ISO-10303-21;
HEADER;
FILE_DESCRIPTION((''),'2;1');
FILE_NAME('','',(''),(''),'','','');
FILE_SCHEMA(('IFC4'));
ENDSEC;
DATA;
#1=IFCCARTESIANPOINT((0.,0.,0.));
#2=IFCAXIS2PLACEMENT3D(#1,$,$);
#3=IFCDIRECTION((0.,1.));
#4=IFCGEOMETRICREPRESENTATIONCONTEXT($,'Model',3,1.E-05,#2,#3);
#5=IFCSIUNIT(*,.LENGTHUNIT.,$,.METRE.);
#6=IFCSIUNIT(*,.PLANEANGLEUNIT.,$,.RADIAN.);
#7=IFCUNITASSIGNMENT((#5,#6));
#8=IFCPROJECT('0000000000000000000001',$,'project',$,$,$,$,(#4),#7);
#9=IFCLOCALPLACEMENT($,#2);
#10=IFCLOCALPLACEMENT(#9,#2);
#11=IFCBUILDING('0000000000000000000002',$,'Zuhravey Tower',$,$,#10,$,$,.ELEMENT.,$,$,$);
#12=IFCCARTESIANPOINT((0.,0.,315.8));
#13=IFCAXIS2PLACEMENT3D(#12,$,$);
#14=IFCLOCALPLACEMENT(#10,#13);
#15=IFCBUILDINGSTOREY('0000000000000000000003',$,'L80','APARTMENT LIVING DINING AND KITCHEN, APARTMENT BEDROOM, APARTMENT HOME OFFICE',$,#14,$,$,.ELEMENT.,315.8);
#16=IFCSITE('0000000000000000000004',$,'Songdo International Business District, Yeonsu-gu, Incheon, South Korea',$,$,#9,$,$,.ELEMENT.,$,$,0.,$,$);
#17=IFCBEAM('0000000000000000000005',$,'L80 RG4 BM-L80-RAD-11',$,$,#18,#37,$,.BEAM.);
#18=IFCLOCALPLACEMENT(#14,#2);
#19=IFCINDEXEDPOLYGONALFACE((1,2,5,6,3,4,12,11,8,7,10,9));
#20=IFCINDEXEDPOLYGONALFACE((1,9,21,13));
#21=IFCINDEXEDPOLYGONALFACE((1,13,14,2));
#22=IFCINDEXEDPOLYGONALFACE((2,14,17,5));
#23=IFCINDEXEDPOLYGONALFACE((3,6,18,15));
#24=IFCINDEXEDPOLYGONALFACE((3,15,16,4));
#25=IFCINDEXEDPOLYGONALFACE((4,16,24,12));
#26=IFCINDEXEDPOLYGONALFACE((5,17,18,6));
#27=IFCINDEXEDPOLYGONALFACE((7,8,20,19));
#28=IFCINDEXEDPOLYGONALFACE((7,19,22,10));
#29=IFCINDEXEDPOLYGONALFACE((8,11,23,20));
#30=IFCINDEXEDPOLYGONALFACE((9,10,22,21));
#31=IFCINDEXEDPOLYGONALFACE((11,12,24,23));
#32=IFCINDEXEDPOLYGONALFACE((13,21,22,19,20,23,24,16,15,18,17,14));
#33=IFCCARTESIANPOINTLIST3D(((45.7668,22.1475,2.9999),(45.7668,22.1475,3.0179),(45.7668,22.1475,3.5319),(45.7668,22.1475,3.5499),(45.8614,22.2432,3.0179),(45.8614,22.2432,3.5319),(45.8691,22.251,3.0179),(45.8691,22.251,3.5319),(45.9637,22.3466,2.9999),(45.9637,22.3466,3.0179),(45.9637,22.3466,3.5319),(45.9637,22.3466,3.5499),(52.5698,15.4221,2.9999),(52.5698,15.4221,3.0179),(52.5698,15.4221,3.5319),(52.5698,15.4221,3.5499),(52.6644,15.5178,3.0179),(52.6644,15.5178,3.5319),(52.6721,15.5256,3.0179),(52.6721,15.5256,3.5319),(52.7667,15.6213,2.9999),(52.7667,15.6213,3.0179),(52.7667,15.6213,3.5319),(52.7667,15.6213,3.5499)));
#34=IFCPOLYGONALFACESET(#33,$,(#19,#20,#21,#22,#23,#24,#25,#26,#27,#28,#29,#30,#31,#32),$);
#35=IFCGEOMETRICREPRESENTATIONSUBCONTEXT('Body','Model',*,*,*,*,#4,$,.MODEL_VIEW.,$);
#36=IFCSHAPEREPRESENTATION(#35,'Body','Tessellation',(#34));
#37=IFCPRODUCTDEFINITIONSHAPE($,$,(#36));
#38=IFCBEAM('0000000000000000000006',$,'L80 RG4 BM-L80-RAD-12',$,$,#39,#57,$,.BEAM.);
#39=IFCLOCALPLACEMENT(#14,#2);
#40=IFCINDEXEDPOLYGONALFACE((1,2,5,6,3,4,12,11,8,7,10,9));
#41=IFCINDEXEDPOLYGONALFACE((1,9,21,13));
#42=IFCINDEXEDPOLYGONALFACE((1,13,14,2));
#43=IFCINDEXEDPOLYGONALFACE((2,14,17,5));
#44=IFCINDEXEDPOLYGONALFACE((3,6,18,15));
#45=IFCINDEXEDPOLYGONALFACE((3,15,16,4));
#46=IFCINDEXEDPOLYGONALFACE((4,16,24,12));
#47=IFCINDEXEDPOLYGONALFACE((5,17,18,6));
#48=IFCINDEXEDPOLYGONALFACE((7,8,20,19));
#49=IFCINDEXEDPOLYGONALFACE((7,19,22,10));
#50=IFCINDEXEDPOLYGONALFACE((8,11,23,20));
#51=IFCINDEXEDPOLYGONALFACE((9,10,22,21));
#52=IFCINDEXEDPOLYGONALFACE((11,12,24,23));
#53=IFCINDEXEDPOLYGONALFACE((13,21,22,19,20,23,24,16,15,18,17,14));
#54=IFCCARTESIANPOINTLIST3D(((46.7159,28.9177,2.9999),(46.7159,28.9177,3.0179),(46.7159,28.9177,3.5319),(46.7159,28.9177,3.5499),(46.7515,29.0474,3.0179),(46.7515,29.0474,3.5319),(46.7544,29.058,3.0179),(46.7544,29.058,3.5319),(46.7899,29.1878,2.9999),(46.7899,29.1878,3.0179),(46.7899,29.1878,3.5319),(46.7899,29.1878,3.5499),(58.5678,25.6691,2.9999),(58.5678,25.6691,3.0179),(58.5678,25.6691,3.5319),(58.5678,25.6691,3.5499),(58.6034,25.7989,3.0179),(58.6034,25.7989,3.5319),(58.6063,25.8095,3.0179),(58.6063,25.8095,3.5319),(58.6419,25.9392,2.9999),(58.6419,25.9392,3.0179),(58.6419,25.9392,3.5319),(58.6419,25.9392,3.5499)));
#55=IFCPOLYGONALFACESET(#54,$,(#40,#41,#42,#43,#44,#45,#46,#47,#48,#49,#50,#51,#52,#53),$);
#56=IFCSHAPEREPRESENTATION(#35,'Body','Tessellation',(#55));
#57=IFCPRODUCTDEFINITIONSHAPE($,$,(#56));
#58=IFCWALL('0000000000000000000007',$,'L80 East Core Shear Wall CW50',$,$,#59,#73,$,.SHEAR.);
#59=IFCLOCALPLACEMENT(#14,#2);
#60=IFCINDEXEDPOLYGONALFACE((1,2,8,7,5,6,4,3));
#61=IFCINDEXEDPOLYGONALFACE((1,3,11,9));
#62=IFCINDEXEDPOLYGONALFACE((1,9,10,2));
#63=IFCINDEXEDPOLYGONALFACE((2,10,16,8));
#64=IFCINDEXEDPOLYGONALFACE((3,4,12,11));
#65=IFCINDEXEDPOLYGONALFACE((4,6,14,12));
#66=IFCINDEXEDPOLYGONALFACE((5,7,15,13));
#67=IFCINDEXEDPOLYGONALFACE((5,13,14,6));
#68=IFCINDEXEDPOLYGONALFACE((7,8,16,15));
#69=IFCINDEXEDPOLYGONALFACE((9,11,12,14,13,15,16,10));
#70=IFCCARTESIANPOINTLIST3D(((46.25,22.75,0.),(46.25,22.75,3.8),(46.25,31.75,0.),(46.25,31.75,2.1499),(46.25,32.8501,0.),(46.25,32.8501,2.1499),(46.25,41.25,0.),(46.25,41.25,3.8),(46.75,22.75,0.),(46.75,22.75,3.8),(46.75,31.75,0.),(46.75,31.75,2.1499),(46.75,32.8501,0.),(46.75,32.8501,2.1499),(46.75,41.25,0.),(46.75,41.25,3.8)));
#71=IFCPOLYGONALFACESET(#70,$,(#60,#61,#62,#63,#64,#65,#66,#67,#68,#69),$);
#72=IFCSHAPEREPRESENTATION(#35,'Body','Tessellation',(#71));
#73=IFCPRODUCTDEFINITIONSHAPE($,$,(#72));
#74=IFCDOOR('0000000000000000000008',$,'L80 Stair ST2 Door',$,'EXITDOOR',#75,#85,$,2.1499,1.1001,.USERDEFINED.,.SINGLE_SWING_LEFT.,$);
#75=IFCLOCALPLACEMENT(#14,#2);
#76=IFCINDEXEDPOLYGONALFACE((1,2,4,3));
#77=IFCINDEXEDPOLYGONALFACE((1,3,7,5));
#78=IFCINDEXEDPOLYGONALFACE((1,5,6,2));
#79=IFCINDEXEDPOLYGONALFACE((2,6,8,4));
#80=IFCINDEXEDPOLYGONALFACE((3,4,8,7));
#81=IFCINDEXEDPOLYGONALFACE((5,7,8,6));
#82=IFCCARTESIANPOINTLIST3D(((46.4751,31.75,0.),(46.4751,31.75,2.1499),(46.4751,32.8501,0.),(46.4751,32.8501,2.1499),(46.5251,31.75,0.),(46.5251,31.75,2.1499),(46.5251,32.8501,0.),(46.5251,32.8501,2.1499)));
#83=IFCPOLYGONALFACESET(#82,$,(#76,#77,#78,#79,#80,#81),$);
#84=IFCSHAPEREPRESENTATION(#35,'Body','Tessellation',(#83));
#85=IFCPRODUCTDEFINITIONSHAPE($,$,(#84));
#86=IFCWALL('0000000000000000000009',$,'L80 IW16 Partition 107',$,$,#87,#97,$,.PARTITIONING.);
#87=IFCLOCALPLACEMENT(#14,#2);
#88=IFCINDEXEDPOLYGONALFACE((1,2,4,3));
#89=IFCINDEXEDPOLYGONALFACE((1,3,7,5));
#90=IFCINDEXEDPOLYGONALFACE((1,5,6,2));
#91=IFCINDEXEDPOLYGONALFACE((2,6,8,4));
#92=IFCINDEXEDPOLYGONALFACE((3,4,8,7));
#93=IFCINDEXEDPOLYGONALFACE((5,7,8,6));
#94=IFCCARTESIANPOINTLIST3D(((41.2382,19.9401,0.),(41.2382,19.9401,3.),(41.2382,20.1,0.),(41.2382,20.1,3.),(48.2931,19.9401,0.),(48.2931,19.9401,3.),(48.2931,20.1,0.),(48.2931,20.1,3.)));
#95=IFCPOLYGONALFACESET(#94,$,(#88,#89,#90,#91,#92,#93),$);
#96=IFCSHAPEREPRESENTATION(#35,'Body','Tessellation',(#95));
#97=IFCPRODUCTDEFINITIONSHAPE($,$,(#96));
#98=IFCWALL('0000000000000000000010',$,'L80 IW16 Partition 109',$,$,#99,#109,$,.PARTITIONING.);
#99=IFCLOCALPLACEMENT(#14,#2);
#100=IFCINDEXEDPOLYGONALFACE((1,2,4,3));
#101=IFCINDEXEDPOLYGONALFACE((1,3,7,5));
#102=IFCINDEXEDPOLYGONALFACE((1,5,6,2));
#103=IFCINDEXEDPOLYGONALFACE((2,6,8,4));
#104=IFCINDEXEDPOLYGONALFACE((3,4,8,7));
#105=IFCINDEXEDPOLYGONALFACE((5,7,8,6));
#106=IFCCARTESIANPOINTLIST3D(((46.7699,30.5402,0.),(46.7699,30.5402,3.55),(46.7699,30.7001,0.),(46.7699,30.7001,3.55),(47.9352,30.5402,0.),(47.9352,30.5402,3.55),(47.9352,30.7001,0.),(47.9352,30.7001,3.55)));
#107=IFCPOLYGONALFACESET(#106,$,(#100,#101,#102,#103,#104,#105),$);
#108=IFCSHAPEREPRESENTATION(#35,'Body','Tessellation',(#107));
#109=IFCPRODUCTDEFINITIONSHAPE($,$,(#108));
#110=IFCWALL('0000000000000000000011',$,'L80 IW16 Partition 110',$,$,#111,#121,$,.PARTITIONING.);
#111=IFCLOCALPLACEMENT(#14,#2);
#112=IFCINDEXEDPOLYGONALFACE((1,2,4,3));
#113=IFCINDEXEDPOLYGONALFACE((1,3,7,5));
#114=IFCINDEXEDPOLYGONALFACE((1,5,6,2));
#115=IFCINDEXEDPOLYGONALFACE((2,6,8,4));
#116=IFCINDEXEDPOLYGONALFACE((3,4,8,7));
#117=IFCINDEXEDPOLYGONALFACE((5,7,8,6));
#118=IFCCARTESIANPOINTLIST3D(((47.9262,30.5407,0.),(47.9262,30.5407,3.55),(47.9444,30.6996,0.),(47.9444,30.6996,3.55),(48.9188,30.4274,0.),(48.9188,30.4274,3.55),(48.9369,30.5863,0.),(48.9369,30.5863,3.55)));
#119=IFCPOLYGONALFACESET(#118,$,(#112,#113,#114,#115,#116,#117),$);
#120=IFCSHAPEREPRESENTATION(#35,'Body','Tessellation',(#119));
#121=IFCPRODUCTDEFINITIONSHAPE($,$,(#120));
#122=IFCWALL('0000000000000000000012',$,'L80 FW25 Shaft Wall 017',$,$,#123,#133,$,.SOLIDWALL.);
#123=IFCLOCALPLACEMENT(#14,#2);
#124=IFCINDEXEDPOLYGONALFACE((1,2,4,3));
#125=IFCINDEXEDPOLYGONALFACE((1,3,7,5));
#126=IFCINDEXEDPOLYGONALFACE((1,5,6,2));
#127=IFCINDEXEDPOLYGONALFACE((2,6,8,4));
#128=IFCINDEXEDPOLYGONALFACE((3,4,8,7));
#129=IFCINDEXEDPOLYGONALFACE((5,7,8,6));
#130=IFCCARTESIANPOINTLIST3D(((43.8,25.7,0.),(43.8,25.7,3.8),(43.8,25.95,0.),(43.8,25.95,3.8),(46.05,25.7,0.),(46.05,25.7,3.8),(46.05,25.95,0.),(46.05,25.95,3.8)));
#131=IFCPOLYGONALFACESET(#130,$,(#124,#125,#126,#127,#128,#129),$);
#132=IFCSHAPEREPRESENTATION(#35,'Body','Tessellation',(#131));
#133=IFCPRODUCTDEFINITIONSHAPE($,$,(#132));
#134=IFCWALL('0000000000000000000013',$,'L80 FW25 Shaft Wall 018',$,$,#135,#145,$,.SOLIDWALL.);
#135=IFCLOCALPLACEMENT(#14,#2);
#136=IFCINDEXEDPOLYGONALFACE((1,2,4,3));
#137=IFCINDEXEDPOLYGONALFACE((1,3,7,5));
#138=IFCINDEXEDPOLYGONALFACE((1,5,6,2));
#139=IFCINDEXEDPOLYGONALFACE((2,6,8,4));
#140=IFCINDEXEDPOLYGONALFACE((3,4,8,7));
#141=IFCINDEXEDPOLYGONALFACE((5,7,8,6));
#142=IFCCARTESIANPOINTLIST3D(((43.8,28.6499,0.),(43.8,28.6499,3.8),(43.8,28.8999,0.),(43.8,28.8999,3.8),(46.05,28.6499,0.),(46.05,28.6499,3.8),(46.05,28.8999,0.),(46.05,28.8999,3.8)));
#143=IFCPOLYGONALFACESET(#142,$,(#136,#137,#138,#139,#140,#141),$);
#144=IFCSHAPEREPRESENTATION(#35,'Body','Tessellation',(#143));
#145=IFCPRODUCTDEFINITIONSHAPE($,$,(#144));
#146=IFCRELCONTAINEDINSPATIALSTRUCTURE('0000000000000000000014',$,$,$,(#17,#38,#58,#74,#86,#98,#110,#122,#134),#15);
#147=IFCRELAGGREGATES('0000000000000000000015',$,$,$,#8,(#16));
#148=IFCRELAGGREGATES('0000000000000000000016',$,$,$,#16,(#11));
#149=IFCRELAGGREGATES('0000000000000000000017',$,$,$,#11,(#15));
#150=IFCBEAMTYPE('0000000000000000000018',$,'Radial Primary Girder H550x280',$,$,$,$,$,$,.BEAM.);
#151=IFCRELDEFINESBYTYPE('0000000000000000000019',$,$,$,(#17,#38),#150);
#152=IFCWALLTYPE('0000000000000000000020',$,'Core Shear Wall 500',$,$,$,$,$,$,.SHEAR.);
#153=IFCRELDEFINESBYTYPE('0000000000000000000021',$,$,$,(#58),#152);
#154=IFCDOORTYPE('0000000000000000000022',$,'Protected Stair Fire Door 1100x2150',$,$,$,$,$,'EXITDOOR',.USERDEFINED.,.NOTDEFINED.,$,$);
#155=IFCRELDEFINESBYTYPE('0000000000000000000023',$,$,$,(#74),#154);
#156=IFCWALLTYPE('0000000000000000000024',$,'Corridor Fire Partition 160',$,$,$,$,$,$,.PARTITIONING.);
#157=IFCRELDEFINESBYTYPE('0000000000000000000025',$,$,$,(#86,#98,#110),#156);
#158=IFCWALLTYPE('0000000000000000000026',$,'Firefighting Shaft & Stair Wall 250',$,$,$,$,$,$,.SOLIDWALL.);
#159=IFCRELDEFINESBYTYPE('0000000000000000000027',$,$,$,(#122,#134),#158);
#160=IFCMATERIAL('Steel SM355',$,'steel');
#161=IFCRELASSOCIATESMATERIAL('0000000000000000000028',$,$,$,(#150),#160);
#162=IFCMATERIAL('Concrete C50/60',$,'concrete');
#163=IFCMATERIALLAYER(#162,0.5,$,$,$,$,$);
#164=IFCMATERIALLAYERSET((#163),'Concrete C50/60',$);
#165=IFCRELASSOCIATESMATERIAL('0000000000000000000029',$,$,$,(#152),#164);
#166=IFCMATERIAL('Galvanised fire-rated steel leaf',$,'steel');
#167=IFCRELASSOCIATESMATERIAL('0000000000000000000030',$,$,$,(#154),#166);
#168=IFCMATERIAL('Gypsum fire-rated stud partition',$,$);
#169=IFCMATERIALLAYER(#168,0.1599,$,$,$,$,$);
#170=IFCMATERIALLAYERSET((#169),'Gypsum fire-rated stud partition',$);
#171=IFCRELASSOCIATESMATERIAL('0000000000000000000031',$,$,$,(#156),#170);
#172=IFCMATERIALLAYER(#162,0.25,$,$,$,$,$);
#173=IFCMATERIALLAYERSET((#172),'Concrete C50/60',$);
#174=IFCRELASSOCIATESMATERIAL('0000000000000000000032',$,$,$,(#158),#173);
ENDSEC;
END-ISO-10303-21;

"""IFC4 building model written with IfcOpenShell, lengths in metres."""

from ifc_helpers import new_model, si_unit, direction, frame, frame_2d, origin, origin_2d, place, context, subcontext, project, spatial, rectangle, i_section, extrude, material, layer, layer_set, material_profile, profile_set, type_object, element, fill, save


model = new_model("IFC4")

# Units and contexts
model_context = context("Model", 3, precision=1e-05, world=origin(), true_north=direction((0.0, 1.0)))
body_context = subcontext(model_context, "Body", "Model", "MODEL_VIEW")
ifc_project = project(units=[si_unit("LENGTHUNIT", "METRE"), si_unit("PLANEANGLEUNIT", "RADIAN")], contexts=[model_context])

# Site, building, storey
site_placement = place(None, origin())
site = spatial("IfcSite", under=ifc_project, at=site_placement, Name="Songdo International Business District, Yeonsu-gu, Incheon, South Korea", CompositionType="ELEMENT", RefElevation=0.0)
building_placement = place(site_placement, origin())
building = spatial("IfcBuilding", under=site, at=building_placement, Name="Zuhravey Tower", CompositionType="ELEMENT")
storey_placement = place(building_placement, frame((0.0, 0.0, 315.8)))
storey = spatial("IfcBuildingStorey", under=building, at=storey_placement, Name="L80", Description="APARTMENT LIVING DINING AND KITCHEN, APARTMENT BEDROOM, APARTMENT HOME OFFICE", CompositionType="ELEMENT", Elevation=315.8)

# Beams
ifc_material_1 = material(Name="Steel SM355", Category="steel")
ifc_material_profile = material_profile(ifc_material_1, i_section(OverallWidth=0.28, OverallDepth=0.55, WebThickness=0.011, FlangeThickness=0.0181, at=origin_2d()), Name="H-550x280x11x18")
ifc_profile_set = profile_set([ifc_material_profile], Name="Steel SM355")
beam_type = type_object("IfcBeamType", Name="Radial Primary Girder H550x280", PredefinedType="BEAM", material=ifc_profile_set)
beam_1_placement = place(storey_placement, frame((45.8652, 22.2471, 3.2749), z_axis=(0.711153, -0.703037, 0.0), x_axis=(0.703037, 0.711153, 0.0)))
element("IfcBeam", 1, at=beam_1_placement, inside=storey, type_object=beam_type, Name="L80 RG4 BM-L80-RAD-11", PredefinedType="BEAM", context=body_context, shape_type="SweptSolid", body=[
    extrude(i_section(OverallWidth=0.28, OverallDepth=0.55, WebThickness=0.011, FlangeThickness=0.0181, at=origin_2d()), origin(), (0.0, 0.0, 1.0), 9.5662),
])
beam_2_placement = place(storey_placement, frame((46.7529, 29.0527, 3.2749), z_axis=(0.964428, -0.264346, 0.0), x_axis=(0.264346, 0.964428, 0.0)))
element("IfcBeam", 2, at=beam_2_placement, inside=storey, type_object=beam_type, Name="L80 RG4 BM-L80-RAD-12", PredefinedType="BEAM", context=body_context, shape_type="SweptSolid", body=[
    extrude(i_section(OverallWidth=0.28, OverallDepth=0.55, WebThickness=0.011, FlangeThickness=0.0181, at=origin_2d()), origin(), (0.0, 0.0, 1.0), 12.2891),
])

# Wall, opening, door
ifc_material_2 = material(Name="Concrete C50/60", Category="concrete")
ifc_layer_1 = layer(ifc_material_2, 0.5)
ifc_layer_set_1 = layer_set([ifc_layer_1], Name="Concrete C50/60")
wall_type_1 = type_object("IfcWallType", Name="Core Shear Wall 500", PredefinedType="SHEAR", material=ifc_layer_set_1)
wall_1_placement = place(storey_placement, frame((46.5, 22.75, 0.0), z_axis=(0.0, 0.0, 1.0), x_axis=(0.0, 1.0, 0.0)))
wall_1 = element("IfcWall", 3, at=wall_1_placement, inside=storey, type_object=wall_type_1, Name="L80 East Core Shear Wall CW50", PredefinedType="SHEAR", context=body_context, shape_type="SweptSolid", body=[
    extrude(rectangle(XDim=18.5, YDim=0.5, at=frame_2d((9.25, 0.0))), origin(), (0.0, 0.0, 1.0), 3.8),
])
opening_1_placement = place(wall_1_placement, frame((9.0, 0.0, 0.0)))
opening_1 = element("IfcOpeningElement", 4, at=opening_1_placement, cuts=wall_1, PredefinedType="OPENING", context=body_context, shape_type="SweptSolid", body=[
    extrude(rectangle(XDim=1.1001, YDim=2.1499, at=frame_2d((0.55, 1.075))), frame((0.0, 0.262, 0.0), z_axis=(0.0, -1.0, 0.0), x_axis=(1.0, 0.0, 0.0)), (0.0, 0.0, 1.0), 0.5239),
])
ifc_material_3 = material(Name="Galvanised fire-rated steel leaf", Category="steel")
door_type_1 = type_object("IfcDoorType", Name="Protected Stair Fire Door 1100x2150", ElementType="EXITDOOR", OperationType="NOTDEFINED", PredefinedType="USERDEFINED", material=ifc_material_3)
door_1_placement = place(opening_1_placement, origin())
door_1 = element("IfcDoor", 5, at=door_1_placement, inside=storey, type_object=door_type_1, Name="L80 Stair ST2 Door", ObjectType="EXITDOOR", OperationType="SINGLE_SWING_LEFT", OverallHeight=2.1499, OverallWidth=1.1001, PredefinedType="USERDEFINED", context=body_context, shape_type="SweptSolid", body=[
    extrude(rectangle(XDim=1.1001, YDim=2.1499, at=frame_2d((0.55, 1.075))), frame((0.0, 0.0249, 0.0), z_axis=(0.0, -1.0, 0.0), x_axis=(1.0, 0.0, 0.0)), (0.0, 0.0, 1.0), 0.05),
])
fill(opening_1, door_1)

# Walls
ifc_material_4 = material(Name="Gypsum fire-rated stud partition")
ifc_layer_2 = layer(ifc_material_4, 0.1599)
ifc_layer_set_2 = layer_set([ifc_layer_2], Name="Gypsum fire-rated stud partition")
wall_type_2 = type_object("IfcWallType", Name="Corridor Fire Partition 160", PredefinedType="PARTITIONING", material=ifc_layer_set_2)
wall_2_placement = place(storey_placement, frame((41.2383, 20.02, 0.0), z_axis=(0.0, 0.0, 1.0), x_axis=(1.0, 0.0, 0.0)))
element("IfcWall", 6, at=wall_2_placement, inside=storey, type_object=wall_type_2, Name="L80 IW16 Partition 107", PredefinedType="PARTITIONING", context=body_context, shape_type="SweptSolid", body=[
    extrude(rectangle(XDim=7.0549, YDim=0.1599, at=frame_2d((3.5273, 0.0))), origin(), (0.0, 0.0, 1.0), 3.0),
])
wall_3_placement = place(storey_placement, frame((46.77, 30.6201, 0.0), z_axis=(0.0, 0.0, 1.0), x_axis=(1.0, 0.0, 0.0)))
element("IfcWall", 7, at=wall_3_placement, inside=storey, type_object=wall_type_2, Name="L80 IW16 Partition 109", PredefinedType="PARTITIONING", context=body_context, shape_type="SweptSolid", body=[
    extrude(rectangle(XDim=1.1653, YDim=0.1599, at=frame_2d((0.5825, 0.0))), origin(), (0.0, 0.0, 1.0), 3.55),
])
wall_4_placement = place(storey_placement, frame((47.9353, 30.6201, 0.0), z_axis=(0.0, 0.0, 1.0), x_axis=(0.993552, -0.113381, 0.0)))
element("IfcWall", 8, at=wall_4_placement, inside=storey, type_object=wall_type_2, Name="L80 IW16 Partition 110", PredefinedType="PARTITIONING", context=body_context, shape_type="SweptSolid", body=[
    extrude(rectangle(XDim=0.999, YDim=0.1599, at=frame_2d((0.4995, 0.0))), origin(), (0.0, 0.0, 1.0), 3.55),
])
ifc_layer_3 = layer(ifc_material_2, 0.25)
ifc_layer_set_3 = layer_set([ifc_layer_3], Name="Concrete C50/60")
wall_type_3 = type_object("IfcWallType", Name="Firefighting Shaft & Stair Wall 250", PredefinedType="SOLIDWALL", material=ifc_layer_set_3)
for number, where, z_axis, x_axis, name in (
    (9, (43.8, 25.825, 0.0), (0.0, 0.0, 1.0), (1.0, 0.0, 0.0), "L80 FW25 Shaft Wall 017"),
    (10, (43.8, 28.7749, 0.0), (0.0, 0.0, 1.0), (1.0, 0.0, 0.0), "L80 FW25 Shaft Wall 018"),
):
    element("IfcWall", number, at=place(storey_placement, frame(where, z_axis=z_axis, x_axis=x_axis)), inside=storey, type_object=wall_type_3, Name=name, PredefinedType="SOLIDWALL", context=body_context, shape_type="SweptSolid", body=[
        extrude(rectangle(XDim=2.25, YDim=0.25, at=frame_2d((1.125, 0.0))), origin(), (0.0, 0.0, 1.0), 3.8),
    ])

save(model, "model.ifc")
